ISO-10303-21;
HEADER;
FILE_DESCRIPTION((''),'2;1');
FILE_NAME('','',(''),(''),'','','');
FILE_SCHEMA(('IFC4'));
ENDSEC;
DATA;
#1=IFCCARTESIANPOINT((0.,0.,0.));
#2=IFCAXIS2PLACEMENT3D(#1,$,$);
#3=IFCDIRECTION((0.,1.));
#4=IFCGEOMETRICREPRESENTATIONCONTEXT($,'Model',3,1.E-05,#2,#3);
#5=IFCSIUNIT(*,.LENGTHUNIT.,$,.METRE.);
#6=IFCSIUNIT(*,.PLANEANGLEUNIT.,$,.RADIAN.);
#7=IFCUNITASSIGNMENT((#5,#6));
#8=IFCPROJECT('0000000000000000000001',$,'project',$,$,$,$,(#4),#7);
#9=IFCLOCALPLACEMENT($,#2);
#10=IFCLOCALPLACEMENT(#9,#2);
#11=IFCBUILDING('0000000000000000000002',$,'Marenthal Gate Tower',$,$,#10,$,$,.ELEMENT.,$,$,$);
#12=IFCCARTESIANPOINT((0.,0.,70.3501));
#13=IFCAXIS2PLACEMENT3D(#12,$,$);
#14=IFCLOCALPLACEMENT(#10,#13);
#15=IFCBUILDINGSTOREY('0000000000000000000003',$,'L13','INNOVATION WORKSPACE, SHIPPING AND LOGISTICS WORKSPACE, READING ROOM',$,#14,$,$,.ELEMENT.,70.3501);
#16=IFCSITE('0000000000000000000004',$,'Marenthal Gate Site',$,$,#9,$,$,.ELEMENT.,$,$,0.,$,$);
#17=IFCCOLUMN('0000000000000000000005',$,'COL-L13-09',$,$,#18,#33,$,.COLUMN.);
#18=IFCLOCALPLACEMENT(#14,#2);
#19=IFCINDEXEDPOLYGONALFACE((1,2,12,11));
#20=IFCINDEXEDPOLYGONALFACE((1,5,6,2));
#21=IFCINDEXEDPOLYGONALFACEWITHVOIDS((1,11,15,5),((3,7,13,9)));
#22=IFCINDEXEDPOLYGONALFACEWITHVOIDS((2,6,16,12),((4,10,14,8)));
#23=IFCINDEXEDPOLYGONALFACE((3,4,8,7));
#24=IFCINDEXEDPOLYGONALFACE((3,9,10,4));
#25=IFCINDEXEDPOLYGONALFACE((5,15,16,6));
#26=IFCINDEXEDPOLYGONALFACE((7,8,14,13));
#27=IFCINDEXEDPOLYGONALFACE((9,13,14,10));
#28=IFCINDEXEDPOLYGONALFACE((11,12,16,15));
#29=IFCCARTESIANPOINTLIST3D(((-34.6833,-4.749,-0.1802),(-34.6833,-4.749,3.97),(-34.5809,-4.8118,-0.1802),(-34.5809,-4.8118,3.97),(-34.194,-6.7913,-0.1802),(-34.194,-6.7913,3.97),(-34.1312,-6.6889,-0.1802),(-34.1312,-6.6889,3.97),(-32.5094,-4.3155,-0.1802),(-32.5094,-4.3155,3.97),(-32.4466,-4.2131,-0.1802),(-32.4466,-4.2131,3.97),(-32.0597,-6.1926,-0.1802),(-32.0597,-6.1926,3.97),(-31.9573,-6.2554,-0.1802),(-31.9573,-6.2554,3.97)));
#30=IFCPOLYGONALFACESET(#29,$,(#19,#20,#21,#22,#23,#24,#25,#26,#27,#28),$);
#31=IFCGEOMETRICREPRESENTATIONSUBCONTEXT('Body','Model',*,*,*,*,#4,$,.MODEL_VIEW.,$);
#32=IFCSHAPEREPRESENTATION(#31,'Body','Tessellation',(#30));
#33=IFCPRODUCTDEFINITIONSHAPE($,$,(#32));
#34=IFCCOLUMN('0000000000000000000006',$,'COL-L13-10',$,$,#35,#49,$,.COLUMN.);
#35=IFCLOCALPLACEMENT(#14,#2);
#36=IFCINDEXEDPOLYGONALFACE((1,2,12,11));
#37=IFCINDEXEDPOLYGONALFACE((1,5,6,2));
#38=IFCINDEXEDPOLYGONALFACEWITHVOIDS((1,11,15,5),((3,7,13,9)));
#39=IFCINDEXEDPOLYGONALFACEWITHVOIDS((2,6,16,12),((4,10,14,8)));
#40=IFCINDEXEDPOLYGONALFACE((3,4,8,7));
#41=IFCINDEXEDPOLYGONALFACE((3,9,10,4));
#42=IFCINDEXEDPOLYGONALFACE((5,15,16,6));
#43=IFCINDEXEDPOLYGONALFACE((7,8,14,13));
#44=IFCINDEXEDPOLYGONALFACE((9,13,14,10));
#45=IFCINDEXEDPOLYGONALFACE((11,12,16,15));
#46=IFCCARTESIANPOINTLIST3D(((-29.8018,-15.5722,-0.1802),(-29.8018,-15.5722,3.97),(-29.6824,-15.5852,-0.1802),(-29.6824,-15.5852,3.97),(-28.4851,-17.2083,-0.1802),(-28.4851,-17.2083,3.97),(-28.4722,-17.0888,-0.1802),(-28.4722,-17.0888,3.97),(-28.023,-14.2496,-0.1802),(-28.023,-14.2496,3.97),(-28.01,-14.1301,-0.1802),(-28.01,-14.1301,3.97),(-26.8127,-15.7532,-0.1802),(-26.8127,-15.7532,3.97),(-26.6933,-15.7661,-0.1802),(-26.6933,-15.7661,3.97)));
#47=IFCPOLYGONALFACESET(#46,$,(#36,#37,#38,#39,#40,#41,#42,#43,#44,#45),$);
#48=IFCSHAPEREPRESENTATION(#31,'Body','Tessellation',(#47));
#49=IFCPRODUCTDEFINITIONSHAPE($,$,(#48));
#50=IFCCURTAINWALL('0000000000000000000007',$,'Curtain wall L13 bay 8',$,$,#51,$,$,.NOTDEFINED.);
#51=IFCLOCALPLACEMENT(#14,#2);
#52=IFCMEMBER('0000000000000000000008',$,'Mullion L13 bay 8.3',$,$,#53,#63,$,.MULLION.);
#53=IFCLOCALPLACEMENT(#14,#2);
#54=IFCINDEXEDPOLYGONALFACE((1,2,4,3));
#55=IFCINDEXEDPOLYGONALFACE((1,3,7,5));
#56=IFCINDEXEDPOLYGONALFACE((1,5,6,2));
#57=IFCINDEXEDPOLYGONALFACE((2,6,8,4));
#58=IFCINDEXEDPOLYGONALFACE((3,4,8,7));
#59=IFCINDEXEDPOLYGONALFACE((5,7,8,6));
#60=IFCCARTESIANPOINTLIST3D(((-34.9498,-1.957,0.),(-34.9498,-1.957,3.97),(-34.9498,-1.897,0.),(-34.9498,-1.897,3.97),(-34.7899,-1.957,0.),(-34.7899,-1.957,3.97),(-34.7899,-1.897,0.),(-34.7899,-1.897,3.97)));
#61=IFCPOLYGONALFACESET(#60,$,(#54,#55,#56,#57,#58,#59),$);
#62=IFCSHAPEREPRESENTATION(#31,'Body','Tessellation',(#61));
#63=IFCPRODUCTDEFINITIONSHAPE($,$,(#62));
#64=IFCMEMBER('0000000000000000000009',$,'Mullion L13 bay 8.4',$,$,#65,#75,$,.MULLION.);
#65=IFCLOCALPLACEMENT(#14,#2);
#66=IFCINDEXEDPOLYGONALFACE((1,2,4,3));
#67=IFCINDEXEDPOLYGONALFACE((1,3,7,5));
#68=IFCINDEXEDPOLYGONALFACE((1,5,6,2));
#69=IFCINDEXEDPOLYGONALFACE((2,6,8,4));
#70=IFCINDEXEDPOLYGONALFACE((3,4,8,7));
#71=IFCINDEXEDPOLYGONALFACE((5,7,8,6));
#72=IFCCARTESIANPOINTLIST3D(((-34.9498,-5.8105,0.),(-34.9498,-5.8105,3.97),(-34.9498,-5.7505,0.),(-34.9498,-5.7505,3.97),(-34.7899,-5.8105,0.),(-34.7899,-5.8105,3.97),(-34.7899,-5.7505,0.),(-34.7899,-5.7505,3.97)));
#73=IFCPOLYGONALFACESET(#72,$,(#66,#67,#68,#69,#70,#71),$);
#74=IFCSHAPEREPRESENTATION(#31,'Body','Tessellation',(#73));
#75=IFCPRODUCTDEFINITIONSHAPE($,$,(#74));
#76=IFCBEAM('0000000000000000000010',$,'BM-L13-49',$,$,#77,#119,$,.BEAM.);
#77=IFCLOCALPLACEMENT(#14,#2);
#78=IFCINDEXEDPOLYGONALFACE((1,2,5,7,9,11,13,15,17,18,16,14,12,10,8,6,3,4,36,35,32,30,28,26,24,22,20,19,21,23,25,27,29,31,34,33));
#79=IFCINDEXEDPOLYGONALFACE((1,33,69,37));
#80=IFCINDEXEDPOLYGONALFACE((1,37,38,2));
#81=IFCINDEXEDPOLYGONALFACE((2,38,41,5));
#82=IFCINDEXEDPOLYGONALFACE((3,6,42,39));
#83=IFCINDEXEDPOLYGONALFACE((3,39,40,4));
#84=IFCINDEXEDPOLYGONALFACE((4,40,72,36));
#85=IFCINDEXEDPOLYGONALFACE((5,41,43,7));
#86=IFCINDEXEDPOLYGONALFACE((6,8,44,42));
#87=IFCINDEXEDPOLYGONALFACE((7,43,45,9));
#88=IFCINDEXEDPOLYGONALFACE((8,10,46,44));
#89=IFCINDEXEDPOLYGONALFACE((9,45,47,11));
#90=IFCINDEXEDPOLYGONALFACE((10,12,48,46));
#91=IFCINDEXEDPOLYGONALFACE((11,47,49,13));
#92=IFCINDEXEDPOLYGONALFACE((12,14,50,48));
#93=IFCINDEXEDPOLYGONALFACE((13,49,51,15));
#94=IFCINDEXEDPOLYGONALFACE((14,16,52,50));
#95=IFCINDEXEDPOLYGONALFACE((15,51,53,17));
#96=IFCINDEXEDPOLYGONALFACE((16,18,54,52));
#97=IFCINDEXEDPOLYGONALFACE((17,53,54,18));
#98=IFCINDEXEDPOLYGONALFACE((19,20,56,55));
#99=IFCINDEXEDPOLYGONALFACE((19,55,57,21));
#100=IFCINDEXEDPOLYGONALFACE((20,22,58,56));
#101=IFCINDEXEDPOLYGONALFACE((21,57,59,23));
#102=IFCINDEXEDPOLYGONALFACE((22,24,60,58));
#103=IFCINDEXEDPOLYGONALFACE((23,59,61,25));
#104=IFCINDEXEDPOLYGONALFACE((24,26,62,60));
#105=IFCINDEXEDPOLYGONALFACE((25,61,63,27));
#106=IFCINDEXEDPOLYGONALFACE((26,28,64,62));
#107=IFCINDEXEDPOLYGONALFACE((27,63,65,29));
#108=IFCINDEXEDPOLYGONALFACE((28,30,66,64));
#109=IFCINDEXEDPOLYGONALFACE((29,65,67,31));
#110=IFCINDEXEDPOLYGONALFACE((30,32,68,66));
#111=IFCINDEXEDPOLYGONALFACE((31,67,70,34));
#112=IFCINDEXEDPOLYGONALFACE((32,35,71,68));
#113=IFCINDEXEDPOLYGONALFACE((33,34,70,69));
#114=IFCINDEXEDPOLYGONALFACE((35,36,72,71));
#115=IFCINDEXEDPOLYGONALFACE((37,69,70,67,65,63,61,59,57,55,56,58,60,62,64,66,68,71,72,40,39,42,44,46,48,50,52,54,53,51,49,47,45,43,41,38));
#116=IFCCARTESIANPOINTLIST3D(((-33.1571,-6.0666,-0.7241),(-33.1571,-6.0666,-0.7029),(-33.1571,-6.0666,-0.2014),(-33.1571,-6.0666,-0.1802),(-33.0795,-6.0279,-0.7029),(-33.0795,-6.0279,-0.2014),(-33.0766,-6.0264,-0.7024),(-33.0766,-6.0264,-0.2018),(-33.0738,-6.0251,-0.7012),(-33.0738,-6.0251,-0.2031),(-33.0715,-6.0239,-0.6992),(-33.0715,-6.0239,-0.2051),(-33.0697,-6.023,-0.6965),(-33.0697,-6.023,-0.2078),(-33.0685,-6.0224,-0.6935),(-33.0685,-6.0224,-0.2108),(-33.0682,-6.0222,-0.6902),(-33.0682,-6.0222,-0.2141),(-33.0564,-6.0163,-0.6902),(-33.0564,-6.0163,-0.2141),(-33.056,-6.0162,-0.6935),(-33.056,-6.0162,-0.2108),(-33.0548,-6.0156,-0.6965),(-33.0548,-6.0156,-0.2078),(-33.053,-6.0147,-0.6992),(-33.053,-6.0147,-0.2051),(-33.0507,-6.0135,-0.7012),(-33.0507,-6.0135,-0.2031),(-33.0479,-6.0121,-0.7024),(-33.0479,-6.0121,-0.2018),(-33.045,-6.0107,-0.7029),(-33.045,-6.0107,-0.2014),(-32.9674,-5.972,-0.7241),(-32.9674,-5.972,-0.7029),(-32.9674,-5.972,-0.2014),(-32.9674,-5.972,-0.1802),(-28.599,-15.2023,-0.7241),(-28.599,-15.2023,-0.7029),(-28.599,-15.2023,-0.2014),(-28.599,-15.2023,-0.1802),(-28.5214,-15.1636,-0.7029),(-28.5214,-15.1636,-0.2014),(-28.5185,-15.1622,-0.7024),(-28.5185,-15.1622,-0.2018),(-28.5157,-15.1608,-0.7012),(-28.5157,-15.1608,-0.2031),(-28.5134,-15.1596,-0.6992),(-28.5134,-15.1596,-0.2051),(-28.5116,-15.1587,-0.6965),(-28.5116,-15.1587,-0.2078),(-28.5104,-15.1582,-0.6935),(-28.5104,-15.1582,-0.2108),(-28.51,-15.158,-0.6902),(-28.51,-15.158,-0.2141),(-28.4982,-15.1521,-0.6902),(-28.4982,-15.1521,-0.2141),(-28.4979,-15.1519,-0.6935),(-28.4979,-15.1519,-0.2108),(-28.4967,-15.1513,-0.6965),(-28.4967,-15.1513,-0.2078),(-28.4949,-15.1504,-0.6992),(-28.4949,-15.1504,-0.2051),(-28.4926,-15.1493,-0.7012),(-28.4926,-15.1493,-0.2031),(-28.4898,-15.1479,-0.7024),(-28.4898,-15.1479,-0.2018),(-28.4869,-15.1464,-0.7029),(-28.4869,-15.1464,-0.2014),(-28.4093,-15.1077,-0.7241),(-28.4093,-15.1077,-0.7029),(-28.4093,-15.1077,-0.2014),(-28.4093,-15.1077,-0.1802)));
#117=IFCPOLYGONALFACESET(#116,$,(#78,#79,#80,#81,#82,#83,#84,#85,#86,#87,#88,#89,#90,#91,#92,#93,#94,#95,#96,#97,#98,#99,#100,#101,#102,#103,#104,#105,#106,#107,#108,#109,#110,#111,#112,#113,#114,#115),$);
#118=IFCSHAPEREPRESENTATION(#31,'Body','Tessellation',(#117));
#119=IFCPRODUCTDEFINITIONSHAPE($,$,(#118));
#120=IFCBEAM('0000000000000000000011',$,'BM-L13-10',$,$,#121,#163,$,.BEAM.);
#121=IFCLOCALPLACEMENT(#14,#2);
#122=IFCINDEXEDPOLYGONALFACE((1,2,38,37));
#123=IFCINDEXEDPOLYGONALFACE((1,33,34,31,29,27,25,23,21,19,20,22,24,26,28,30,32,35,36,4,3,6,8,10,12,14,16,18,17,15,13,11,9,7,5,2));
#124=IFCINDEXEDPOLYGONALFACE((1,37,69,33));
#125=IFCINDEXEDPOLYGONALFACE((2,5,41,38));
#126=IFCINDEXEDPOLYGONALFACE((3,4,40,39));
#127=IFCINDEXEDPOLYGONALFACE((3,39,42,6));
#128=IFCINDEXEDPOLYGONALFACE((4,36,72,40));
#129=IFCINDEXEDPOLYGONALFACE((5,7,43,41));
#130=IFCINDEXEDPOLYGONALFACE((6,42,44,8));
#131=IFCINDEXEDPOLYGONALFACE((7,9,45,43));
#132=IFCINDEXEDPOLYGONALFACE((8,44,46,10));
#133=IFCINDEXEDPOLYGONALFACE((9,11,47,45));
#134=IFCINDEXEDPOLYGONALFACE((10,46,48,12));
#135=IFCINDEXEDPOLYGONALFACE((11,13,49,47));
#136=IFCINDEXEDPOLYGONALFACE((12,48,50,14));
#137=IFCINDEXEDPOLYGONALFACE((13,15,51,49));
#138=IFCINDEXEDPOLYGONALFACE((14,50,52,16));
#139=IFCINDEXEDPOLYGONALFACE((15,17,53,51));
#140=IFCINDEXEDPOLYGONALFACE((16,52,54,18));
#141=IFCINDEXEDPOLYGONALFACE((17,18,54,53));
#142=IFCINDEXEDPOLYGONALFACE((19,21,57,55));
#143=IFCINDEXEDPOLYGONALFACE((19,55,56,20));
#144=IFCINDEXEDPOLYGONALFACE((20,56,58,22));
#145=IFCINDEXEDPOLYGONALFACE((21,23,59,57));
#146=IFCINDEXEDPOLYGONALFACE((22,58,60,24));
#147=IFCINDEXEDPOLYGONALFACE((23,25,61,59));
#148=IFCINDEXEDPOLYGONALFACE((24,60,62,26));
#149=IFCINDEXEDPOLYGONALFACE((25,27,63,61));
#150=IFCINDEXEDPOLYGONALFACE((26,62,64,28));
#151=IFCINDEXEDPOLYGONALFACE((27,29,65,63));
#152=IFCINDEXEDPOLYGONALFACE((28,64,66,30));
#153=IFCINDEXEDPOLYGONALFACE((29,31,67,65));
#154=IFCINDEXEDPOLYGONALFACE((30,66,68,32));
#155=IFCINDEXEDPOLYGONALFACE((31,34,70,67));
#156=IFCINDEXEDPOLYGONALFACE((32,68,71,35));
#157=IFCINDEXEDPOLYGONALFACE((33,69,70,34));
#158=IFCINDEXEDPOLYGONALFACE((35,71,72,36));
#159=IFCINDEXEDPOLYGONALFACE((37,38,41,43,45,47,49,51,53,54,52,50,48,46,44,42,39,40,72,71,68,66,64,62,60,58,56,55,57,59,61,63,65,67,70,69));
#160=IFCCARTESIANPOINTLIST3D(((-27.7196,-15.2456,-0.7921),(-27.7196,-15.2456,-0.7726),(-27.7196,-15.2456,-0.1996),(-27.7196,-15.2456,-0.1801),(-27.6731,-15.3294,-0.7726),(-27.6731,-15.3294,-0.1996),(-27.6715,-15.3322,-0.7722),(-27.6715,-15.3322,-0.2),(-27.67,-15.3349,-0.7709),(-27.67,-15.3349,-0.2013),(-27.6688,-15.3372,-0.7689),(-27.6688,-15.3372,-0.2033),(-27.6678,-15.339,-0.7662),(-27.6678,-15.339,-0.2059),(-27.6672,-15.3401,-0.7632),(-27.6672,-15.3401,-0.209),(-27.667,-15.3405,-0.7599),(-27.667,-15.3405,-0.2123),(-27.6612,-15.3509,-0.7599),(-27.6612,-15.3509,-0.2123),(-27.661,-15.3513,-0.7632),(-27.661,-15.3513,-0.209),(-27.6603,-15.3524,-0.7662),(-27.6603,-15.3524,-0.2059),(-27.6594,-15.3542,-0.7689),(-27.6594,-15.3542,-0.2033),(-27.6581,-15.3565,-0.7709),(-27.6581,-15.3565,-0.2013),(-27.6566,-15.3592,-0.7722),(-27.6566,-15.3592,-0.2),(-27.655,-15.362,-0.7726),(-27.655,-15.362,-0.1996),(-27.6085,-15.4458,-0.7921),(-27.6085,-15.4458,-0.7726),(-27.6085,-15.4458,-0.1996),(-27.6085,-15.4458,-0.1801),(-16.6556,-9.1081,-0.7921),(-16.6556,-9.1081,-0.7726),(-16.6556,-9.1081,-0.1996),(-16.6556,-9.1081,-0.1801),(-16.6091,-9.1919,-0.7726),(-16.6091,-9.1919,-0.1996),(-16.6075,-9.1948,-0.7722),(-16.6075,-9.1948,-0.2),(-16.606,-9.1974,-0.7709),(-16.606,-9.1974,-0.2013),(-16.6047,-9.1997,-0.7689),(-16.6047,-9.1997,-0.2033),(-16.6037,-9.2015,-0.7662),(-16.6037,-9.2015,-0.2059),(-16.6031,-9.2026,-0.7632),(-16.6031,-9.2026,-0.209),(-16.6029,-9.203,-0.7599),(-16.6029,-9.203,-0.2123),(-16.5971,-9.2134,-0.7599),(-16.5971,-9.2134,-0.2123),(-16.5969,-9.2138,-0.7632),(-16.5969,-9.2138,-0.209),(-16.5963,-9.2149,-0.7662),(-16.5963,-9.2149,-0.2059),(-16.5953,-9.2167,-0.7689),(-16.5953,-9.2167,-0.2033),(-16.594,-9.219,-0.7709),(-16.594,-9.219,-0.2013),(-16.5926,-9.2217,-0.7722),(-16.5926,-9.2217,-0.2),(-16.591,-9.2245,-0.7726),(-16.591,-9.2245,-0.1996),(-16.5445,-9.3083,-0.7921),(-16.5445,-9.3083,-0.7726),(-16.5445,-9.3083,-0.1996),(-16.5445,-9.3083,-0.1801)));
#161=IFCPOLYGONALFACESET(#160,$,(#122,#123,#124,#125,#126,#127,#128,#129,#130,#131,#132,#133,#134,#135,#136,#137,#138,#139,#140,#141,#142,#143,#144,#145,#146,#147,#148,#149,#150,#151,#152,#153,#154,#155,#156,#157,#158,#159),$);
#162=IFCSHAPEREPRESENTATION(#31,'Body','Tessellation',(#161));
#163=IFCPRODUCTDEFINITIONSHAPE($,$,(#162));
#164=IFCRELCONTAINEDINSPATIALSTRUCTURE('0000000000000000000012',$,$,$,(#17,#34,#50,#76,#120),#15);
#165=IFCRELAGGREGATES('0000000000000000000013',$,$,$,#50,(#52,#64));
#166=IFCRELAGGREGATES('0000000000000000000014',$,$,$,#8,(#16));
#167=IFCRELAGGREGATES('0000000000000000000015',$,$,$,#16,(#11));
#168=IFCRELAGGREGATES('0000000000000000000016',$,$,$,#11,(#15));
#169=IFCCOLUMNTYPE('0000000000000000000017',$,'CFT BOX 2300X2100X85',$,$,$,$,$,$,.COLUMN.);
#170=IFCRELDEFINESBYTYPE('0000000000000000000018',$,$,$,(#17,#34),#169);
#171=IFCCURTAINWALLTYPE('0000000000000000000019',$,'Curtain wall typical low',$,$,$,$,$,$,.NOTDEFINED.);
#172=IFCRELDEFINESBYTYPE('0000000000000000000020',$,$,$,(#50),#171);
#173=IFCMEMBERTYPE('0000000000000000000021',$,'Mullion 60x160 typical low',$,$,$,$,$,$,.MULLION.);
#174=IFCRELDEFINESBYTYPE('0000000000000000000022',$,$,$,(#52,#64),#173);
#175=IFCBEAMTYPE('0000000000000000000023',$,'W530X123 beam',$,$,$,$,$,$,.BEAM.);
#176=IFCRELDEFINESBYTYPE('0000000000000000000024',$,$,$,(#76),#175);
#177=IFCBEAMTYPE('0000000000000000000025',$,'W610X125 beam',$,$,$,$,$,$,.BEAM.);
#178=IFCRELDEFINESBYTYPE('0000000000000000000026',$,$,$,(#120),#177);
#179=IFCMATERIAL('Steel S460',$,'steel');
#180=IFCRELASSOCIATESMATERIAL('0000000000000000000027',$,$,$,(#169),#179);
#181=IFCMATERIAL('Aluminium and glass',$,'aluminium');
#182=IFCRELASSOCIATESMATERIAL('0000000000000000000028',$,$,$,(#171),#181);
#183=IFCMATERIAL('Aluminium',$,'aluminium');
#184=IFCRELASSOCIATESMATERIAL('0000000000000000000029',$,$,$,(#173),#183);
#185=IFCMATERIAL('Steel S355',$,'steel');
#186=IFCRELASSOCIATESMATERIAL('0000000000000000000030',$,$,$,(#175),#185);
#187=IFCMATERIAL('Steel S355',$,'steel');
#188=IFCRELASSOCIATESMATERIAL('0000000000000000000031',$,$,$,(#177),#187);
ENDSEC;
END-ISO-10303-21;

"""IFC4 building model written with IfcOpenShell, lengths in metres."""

from ifc_helpers import new_model, si_unit, direction, frame, origin, origin_2d, place, context, subcontext, project, spatial, rectangle, hollow_rectangle, i_section, extrude, material, material_profile, profile_set, type_object, element, aggregate, save


model = new_model("IFC4")

# Units and contexts
model_context = context("Model", 3, precision=1e-05, world=origin(), true_north=direction((0.0, 1.0)))
body_context = subcontext(model_context, "Body", "Model", "MODEL_VIEW")
ifc_project = project(units=[si_unit("LENGTHUNIT", "METRE"), si_unit("PLANEANGLEUNIT", "RADIAN")], contexts=[model_context])

# Site, building, storey
site_placement = place(None, origin())
site = spatial("IfcSite", under=ifc_project, at=site_placement, Name="Marenthal Gate Site", CompositionType="ELEMENT", RefElevation=0.0)
building_placement = place(site_placement, origin())
building = spatial("IfcBuilding", under=site, at=building_placement, Name="Marenthal Gate Tower", CompositionType="ELEMENT")
storey_placement = place(building_placement, frame((0.0, 0.0, 70.3501)))
storey = spatial("IfcBuildingStorey", under=building, at=storey_placement, Name="L13", Description="INNOVATION WORKSPACE, SHIPPING AND LOGISTICS WORKSPACE, READING ROOM", CompositionType="ELEMENT", Elevation=70.3501)

# Columns
ifc_material_1 = material(Name="Steel S460", Category="steel")
ifc_material_profile_1 = material_profile(ifc_material_1, hollow_rectangle(XDim=2.1001, YDim=2.3, WallThickness=0.085, at=origin_2d()), Name="CFT BOX 2300X2100X85")
ifc_material_2 = material(Name="Concrete 70 MPa", Category="concrete")
ifc_material_profile_2 = material_profile(ifc_material_2, rectangle(XDim=1.9299, YDim=2.1299, at=origin_2d()), Name="CFT BOX 2300X2100X85 INFILL")
ifc_profile_set_1 = profile_set([ifc_material_profile_1, ifc_material_profile_2], Name="Steel S460 shell, Concrete 70 MPa infill")
column_type = type_object("IfcColumnType", Name="CFT BOX 2300X2100X85", PredefinedType="COLUMN", material=ifc_profile_set_1)
for number, where, z_axis, x_axis, name in (
    (1, (-33.3203, -5.5022, -0.1802), (0.0, 0.0, 1.0), (-0.233004, 0.972476, 0.0), "COL-L13-09"),
    (2, (-28.2476, -15.6692, -0.1802), (0.0, 0.0, 1.0), (-0.626997, 0.779022, 0.0), "COL-L13-10"),
):
    element("IfcColumn", number, at=place(storey_placement, frame(where, z_axis=z_axis, x_axis=x_axis)), inside=storey, type_object=column_type, Name=name, PredefinedType="COLUMN", context=body_context, shape_type="SweptSolid", body=[
        extrude(hollow_rectangle(XDim=2.1001, YDim=2.3, WallThickness=0.085, at=origin_2d()), origin(), (0.0, 0.0, 1.0), 4.1501),
    ])

# Curtain wall, members
ifc_material_3 = material(Name="Aluminium and glass", Category="aluminium")
curtain_wall_type = type_object("IfcCurtainWallType", Name="Curtain wall typical low", PredefinedType="NOTDEFINED", material=ifc_material_3)
curtain_wall_placement = place(storey_placement, origin())
curtain_wall = element("IfcCurtainWall", 3, at=curtain_wall_placement, inside=storey, type_object=curtain_wall_type, Name="Curtain wall L13 bay 8", PredefinedType="NOTDEFINED")
ifc_material_4 = material(Name="Aluminium", Category="aluminium")
ifc_material_profile_3 = material_profile(ifc_material_4, rectangle(XDim=0.1599, YDim=0.0601, at=origin_2d()), Name="60x160 aluminium mullion")
ifc_profile_set_2 = profile_set([ifc_material_profile_3], Name="Aluminium")
member_type = type_object("IfcMemberType", Name="Mullion 60x160 typical low", PredefinedType="MULLION", material=ifc_profile_set_2)
member_1_placement = place(storey_placement, frame((-34.8699, -1.927, 0.0), z_axis=(0.0, 0.0, 1.0), x_axis=(1.0, 0.0, 0.0)))
member_1 = element("IfcMember", 4, at=member_1_placement, type_object=member_type, Name="Mullion L13 bay 8.3", PredefinedType="MULLION", context=body_context, shape_type="SweptSolid", body=[
    extrude(rectangle(XDim=0.1599, YDim=0.0601, at=origin_2d()), origin(), (0.0, 0.0, 1.0), 3.97),
])
member_2_placement = place(storey_placement, frame((-34.8699, -5.7805, 0.0), z_axis=(0.0, 0.0, 1.0), x_axis=(1.0, 0.0, 0.0)))
member_2 = element("IfcMember", 5, at=member_2_placement, type_object=member_type, Name="Mullion L13 bay 8.4", PredefinedType="MULLION", context=body_context, shape_type="SweptSolid", body=[
    extrude(rectangle(XDim=0.1599, YDim=0.0601, at=origin_2d()), origin(), (0.0, 0.0, 1.0), 3.97),
])

# Beams
ifc_material_5 = material(Name="Steel S355", Category="steel")
ifc_material_profile_4 = material_profile(ifc_material_5, i_section(OverallWidth=0.2119, OverallDepth=0.5439, WebThickness=0.0132, FlangeThickness=0.0212, FilletRadius=0.0127, at=origin_2d()), Name="W530X123")
ifc_profile_set_3 = profile_set([ifc_material_profile_4], Name="Steel S355")
beam_type_1 = type_object("IfcBeamType", Name="W530X123 beam", PredefinedType="BEAM", material=ifc_profile_set_3)
beam_1_placement = place(storey_placement, frame((-33.0623, -6.0193, -0.4521), z_axis=(0.446448, -0.894809, 0.0), x_axis=(0.894809, 0.446448, 0.0)))
element("IfcBeam", 6, at=beam_1_placement, inside=storey, type_object=beam_type_1, Name="BM-L13-49", PredefinedType="BEAM", context=body_context, shape_type="SweptSolid", body=[
    extrude(i_section(OverallWidth=0.2119, OverallDepth=0.5439, WebThickness=0.0132, FlangeThickness=0.0212, FilletRadius=0.0127, at=origin_2d()), origin(), (0.0, 0.0, 1.0), 10.2097),
])
ifc_material_6 = material(Name="Steel S355", Category="steel")
ifc_material_profile_5 = material_profile(ifc_material_6, i_section(OverallWidth=0.229, OverallDepth=0.6121, WebThickness=0.012, FlangeThickness=0.0195, FilletRadius=0.0127, at=origin_2d()), Name="W610X125")
ifc_profile_set_4 = profile_set([ifc_material_profile_5], Name="Steel S355")
beam_type_2 = type_object("IfcBeamType", Name="W610X125 beam", PredefinedType="BEAM", material=ifc_profile_set_4)
beam_2_placement = place(storey_placement, frame((-27.6641, -15.3457, -0.4861), z_axis=(0.874466, 0.485087, 0.0), x_axis=(-0.485087, 0.874466, 0.0)))
element("IfcBeam", 7, at=beam_2_placement, inside=storey, type_object=beam_type_2, Name="BM-L13-10", PredefinedType="BEAM", context=body_context, shape_type="SweptSolid", body=[
    extrude(i_section(OverallWidth=0.229, OverallDepth=0.6121, WebThickness=0.012, FlangeThickness=0.0195, FilletRadius=0.0127, at=origin_2d()), origin(), (0.0, 0.0, 1.0), 12.6523),
])

aggregate(curtain_wall, [member_1, member_2])

save(model, "model.ifc")
